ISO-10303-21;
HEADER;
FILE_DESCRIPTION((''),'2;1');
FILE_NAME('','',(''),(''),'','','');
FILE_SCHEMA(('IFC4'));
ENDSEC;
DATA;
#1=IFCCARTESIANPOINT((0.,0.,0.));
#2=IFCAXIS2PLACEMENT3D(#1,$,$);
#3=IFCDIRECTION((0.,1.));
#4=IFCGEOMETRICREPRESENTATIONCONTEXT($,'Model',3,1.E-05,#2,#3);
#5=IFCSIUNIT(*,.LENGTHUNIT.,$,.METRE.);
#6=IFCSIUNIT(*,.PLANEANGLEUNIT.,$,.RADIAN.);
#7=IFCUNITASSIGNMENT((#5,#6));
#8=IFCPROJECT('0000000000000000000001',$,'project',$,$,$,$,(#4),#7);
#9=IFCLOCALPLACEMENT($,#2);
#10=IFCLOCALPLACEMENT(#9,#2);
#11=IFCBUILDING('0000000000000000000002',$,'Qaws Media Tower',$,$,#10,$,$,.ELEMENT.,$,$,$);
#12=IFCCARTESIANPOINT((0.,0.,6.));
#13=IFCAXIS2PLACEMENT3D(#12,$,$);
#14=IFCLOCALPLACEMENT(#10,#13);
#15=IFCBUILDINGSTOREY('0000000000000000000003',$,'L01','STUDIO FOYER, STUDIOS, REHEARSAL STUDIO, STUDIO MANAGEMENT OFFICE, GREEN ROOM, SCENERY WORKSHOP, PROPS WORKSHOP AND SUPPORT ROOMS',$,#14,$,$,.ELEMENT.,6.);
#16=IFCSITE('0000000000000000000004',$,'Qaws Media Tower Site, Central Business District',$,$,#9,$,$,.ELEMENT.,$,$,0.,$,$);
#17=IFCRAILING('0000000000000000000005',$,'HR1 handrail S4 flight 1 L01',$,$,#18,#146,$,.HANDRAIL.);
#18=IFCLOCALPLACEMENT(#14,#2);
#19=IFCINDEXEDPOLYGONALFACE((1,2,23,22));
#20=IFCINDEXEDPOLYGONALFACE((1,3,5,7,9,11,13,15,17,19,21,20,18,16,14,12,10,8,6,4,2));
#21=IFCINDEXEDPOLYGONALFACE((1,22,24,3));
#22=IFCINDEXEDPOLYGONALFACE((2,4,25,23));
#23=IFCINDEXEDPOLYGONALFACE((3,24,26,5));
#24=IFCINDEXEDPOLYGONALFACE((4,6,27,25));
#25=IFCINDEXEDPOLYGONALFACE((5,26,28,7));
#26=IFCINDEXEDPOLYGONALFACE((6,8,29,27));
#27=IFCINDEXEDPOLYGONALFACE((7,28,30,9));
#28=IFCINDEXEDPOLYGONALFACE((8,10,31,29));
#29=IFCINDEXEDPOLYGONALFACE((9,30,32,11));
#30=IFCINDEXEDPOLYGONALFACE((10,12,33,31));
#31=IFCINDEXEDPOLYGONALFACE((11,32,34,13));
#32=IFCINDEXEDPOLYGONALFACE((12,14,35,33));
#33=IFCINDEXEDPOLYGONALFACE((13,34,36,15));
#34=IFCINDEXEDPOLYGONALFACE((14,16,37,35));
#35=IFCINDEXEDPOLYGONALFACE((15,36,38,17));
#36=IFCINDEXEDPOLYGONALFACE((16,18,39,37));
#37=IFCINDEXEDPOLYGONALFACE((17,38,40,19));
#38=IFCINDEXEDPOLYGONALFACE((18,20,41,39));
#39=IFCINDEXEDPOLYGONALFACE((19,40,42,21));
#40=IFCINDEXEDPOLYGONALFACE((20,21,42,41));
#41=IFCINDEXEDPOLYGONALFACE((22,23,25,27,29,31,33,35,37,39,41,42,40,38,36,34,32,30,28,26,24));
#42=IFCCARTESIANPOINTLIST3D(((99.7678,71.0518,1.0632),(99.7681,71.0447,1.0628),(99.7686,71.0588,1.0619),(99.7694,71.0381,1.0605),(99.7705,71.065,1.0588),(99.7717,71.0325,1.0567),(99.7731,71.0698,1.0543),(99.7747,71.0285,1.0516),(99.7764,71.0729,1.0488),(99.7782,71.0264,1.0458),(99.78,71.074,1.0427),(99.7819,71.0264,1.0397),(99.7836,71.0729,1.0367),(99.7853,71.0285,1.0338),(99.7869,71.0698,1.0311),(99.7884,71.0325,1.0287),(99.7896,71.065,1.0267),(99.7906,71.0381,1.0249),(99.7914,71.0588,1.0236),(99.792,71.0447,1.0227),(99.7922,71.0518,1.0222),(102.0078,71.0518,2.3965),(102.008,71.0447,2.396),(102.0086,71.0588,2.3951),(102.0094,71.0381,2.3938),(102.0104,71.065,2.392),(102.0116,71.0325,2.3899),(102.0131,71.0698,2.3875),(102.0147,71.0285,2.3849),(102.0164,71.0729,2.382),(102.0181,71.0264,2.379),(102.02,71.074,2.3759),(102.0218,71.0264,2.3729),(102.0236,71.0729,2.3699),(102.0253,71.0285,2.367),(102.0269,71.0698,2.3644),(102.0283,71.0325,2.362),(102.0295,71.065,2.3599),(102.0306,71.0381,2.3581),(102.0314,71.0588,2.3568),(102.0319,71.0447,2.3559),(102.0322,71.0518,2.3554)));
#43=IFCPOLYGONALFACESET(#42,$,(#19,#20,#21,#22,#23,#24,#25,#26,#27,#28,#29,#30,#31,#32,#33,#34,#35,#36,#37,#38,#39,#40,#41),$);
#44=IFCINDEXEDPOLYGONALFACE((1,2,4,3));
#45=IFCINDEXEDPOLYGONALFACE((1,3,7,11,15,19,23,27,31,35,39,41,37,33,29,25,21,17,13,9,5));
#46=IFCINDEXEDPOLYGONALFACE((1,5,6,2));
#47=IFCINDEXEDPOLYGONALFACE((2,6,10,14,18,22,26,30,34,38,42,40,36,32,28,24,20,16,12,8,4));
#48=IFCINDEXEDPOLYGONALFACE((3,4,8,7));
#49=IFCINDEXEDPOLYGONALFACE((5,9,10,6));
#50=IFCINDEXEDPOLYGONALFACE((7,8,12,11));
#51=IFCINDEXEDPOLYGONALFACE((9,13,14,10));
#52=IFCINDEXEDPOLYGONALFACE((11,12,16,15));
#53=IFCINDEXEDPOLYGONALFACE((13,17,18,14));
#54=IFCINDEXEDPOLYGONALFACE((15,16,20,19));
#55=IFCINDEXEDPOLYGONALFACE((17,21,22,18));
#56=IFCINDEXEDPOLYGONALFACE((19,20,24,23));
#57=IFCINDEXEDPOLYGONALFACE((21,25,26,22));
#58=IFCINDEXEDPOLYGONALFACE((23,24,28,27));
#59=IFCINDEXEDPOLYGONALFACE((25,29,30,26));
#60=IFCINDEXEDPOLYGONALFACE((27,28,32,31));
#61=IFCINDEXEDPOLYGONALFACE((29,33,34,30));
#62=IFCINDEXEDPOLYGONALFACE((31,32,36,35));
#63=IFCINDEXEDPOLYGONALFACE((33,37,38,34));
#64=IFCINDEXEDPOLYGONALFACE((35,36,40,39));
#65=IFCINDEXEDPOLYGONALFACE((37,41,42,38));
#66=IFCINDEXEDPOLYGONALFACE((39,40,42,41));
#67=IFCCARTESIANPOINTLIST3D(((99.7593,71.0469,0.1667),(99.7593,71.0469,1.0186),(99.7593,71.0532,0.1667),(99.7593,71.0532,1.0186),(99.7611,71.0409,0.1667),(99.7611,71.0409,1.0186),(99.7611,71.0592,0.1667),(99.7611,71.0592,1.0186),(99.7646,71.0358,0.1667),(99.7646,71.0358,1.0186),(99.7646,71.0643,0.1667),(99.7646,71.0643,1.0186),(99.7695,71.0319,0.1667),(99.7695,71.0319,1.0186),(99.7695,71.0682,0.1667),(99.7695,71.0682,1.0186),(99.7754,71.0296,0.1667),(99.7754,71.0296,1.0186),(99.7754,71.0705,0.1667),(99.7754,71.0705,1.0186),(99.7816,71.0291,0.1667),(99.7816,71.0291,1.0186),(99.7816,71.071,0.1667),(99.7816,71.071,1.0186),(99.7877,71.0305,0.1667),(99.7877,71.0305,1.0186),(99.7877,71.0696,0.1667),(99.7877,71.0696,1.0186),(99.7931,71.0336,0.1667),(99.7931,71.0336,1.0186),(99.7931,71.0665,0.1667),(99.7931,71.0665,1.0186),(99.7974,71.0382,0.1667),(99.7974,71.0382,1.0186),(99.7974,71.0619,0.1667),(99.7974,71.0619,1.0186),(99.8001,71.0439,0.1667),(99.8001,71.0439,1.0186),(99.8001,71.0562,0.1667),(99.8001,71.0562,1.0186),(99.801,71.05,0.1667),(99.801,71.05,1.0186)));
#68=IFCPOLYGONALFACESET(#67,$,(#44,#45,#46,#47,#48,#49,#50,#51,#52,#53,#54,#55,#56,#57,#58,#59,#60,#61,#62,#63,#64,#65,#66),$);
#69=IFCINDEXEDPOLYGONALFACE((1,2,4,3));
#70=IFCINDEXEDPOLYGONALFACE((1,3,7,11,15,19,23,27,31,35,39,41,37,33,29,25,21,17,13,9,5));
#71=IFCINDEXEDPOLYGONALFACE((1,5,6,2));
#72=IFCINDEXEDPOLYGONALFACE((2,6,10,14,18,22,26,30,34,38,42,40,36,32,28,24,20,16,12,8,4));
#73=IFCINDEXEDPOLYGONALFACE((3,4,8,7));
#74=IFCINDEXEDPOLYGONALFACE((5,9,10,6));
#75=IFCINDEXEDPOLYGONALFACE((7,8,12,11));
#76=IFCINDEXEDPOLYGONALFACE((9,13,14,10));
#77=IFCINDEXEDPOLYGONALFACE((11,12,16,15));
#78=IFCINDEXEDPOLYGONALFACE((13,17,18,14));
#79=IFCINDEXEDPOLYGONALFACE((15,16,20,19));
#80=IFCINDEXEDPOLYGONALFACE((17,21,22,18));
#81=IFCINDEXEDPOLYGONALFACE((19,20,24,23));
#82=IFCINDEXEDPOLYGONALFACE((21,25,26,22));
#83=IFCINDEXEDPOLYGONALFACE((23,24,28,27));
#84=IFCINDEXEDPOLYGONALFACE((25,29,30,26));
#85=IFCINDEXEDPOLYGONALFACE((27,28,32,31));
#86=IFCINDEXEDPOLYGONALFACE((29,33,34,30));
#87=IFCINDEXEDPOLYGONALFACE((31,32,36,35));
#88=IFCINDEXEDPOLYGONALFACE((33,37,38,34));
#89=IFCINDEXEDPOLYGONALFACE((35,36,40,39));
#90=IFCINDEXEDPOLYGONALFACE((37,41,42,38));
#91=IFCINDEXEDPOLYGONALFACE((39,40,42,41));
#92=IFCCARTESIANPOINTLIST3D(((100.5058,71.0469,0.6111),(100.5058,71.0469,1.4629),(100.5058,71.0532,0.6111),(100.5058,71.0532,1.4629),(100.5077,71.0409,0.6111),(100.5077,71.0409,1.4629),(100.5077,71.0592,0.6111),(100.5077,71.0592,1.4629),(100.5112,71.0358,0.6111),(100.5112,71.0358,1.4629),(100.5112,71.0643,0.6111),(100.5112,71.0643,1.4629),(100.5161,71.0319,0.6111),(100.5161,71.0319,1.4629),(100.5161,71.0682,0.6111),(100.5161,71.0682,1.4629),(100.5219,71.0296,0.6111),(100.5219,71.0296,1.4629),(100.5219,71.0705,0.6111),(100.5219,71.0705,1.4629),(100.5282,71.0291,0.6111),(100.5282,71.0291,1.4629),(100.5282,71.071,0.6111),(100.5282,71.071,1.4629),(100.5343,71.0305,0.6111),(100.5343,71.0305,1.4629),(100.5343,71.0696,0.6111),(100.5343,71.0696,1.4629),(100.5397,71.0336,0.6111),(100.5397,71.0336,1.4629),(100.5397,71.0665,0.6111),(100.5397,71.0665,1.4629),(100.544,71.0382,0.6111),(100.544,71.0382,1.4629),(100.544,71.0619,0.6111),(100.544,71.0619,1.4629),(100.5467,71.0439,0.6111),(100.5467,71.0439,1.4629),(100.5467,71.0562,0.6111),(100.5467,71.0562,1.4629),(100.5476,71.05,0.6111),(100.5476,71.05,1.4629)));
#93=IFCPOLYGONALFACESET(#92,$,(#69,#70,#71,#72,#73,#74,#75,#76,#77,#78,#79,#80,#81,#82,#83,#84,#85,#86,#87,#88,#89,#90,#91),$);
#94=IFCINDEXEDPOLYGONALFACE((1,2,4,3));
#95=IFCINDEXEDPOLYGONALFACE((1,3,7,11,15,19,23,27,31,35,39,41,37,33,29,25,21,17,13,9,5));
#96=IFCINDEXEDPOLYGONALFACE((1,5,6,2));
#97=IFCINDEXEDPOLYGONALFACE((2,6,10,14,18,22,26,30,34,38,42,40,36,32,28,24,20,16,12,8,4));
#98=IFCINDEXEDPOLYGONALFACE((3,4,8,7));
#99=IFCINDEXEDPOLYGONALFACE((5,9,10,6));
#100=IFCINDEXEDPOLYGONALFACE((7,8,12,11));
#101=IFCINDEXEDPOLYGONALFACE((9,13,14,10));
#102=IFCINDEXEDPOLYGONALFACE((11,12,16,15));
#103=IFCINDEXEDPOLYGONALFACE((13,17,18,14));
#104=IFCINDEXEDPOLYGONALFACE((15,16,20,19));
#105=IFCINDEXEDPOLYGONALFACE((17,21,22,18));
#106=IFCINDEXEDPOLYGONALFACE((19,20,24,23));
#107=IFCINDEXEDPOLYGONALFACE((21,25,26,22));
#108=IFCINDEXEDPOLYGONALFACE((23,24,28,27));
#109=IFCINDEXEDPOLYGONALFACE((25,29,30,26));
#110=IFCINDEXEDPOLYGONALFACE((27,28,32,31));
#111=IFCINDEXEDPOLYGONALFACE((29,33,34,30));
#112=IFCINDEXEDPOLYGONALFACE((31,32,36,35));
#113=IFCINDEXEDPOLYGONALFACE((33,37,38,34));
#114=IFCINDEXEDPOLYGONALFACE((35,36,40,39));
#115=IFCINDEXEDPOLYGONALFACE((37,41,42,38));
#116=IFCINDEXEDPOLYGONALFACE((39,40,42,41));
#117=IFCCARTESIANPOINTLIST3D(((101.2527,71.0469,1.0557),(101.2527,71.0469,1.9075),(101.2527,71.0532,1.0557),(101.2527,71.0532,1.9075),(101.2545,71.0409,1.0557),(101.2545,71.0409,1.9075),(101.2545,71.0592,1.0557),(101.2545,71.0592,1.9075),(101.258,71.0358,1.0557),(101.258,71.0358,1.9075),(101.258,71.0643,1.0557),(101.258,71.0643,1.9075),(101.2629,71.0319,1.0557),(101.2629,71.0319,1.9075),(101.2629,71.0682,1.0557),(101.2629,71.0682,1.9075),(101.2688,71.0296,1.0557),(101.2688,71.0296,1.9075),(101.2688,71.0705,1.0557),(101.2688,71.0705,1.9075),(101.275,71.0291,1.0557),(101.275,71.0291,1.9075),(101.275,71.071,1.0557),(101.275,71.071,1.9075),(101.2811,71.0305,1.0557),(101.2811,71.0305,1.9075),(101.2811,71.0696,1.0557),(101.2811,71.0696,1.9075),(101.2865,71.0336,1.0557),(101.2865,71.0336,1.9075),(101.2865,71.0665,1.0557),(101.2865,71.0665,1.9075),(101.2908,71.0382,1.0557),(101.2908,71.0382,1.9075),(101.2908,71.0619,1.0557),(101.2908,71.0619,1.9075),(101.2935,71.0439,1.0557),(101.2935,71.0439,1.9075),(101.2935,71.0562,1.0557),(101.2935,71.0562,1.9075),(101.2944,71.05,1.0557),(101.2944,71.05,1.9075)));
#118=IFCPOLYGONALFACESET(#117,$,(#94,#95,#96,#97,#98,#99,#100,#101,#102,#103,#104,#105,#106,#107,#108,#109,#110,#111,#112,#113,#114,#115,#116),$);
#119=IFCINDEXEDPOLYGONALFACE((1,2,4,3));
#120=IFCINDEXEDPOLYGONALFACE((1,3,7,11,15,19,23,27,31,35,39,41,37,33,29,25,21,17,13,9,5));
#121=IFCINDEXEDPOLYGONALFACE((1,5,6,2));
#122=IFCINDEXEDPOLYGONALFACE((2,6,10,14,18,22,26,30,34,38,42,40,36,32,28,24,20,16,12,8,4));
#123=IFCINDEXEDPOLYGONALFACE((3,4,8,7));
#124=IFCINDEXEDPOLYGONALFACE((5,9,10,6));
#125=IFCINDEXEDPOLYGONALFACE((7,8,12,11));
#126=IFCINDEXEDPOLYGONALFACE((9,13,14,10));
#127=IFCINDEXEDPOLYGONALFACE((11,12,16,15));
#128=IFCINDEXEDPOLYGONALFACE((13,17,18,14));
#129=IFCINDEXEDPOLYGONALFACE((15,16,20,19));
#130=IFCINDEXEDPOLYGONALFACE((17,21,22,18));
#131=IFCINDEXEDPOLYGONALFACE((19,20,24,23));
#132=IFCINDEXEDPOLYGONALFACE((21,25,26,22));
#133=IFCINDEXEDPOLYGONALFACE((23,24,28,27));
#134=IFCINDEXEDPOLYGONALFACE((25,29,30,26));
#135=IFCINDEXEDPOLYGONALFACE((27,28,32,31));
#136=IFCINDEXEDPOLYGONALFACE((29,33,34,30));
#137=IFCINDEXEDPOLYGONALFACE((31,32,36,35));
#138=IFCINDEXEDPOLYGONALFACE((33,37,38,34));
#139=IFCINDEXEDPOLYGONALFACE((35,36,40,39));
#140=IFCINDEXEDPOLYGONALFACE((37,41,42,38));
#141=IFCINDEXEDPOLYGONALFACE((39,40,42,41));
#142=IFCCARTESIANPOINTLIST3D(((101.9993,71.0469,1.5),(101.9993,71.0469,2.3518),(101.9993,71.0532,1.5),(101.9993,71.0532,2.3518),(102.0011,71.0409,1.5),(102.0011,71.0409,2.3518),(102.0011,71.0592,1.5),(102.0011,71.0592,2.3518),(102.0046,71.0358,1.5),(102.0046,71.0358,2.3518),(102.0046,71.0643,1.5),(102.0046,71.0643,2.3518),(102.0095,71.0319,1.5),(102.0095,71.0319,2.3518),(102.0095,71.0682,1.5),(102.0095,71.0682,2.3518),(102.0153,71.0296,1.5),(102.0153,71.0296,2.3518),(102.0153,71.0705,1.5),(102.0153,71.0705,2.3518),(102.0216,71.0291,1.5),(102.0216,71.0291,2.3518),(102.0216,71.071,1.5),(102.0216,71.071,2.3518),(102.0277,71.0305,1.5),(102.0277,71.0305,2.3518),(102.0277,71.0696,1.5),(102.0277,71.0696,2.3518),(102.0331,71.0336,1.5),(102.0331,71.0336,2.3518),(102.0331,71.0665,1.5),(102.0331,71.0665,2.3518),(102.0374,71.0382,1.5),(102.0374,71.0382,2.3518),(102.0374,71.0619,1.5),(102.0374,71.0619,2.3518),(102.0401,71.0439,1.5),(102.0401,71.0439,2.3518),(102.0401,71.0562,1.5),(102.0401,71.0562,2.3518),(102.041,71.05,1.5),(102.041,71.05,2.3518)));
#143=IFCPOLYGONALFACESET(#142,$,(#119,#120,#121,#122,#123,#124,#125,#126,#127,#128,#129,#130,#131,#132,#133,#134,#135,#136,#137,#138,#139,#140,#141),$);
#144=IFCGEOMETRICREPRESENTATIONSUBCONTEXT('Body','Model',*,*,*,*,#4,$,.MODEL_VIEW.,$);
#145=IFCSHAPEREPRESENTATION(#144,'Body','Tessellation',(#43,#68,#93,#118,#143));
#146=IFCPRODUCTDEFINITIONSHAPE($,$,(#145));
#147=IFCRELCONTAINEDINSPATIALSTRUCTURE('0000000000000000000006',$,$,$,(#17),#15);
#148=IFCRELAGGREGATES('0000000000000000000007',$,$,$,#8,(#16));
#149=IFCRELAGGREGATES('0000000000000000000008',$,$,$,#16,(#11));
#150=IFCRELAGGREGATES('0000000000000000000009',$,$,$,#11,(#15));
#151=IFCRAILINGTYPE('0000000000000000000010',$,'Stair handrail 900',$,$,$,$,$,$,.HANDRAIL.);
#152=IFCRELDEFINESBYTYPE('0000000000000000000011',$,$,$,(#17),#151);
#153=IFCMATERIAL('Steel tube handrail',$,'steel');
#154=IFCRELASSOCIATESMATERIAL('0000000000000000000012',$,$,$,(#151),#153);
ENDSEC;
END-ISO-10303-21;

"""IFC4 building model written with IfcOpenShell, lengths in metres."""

from ifc_helpers import new_model, si_unit, direction, frame, origin, origin_2d, place, context, subcontext, project, spatial, circle, extrude, material, type_object, element, save


model = new_model("IFC4")

# Units and contexts
model_context = context("Model", 3, precision=1e-05, world=origin(), true_north=direction((0.0, 1.0)))
body_context = subcontext(model_context, "Body", "Model", "MODEL_VIEW")
ifc_project = project(units=[si_unit("LENGTHUNIT", "METRE"), si_unit("PLANEANGLEUNIT", "RADIAN")], contexts=[model_context])

# Site, building, storey
site_placement = place(None, origin())
site = spatial("IfcSite", under=ifc_project, at=site_placement, Name="Qaws Media Tower Site, Central Business District", CompositionType="ELEMENT", RefElevation=0.0)
building_placement = place(site_placement, origin())
building = spatial("IfcBuilding", under=site, at=building_placement, Name="Qaws Media Tower", CompositionType="ELEMENT")
storey_placement = place(building_placement, frame((0.0, 0.0, 6.0)))
storey = spatial("IfcBuildingStorey", under=building, at=storey_placement, Name="L01", Description="STUDIO FOYER, STUDIOS, REHEARSAL STUDIO, STUDIO MANAGEMENT OFFICE, GREEN ROOM, SCENERY WORKSHOP, PROPS WORKSHOP AND SUPPORT ROOMS", CompositionType="ELEMENT", Elevation=6.0)

# Railing
ifc_material_1 = material(Name="Steel tube handrail", Category="steel")
railing_type = type_object("IfcRailingType", Name="Stair handrail 900", PredefinedType="HANDRAIL", material=ifc_material_1)
for number, where, name in (
    (1, (99.78, 71.05, 0.1667), "HR1 handrail S4 flight 1 L01"),
):
    element("IfcRailing", number, at=place(storey_placement, frame(where)), inside=storey, type_object=railing_type, Name=name, PredefinedType="HANDRAIL", context=body_context, shape_type="SweptSolid", body=[
        extrude(circle(Radius=0.0239, at=origin_2d()), frame((0.0, 0.0, 0.876), z_axis=(0.859306, 0.0, 0.511462), x_axis=(0.0, 1.0, 0.0)), (0.0, 0.0, 1.0), 2.6067),
        extrude(circle(Radius=0.021, at=origin_2d()), origin(), (0.0, 0.0, 1.0), 0.8518),
        extrude(circle(Radius=0.021, at=origin_2d()), frame((0.7466, 0.0, 0.4443)), (0.0, 0.0, 1.0), 0.8518),
        extrude(circle(Radius=0.021, at=origin_2d()), frame((1.4934, 0.0, 0.8889)), (0.0, 0.0, 1.0), 0.8518),
        extrude(circle(Radius=0.021, at=origin_2d()), frame((2.24, 0.0, 1.3333)), (0.0, 0.0, 1.0), 0.8518),
    ])

save(model, "model.ifc")
